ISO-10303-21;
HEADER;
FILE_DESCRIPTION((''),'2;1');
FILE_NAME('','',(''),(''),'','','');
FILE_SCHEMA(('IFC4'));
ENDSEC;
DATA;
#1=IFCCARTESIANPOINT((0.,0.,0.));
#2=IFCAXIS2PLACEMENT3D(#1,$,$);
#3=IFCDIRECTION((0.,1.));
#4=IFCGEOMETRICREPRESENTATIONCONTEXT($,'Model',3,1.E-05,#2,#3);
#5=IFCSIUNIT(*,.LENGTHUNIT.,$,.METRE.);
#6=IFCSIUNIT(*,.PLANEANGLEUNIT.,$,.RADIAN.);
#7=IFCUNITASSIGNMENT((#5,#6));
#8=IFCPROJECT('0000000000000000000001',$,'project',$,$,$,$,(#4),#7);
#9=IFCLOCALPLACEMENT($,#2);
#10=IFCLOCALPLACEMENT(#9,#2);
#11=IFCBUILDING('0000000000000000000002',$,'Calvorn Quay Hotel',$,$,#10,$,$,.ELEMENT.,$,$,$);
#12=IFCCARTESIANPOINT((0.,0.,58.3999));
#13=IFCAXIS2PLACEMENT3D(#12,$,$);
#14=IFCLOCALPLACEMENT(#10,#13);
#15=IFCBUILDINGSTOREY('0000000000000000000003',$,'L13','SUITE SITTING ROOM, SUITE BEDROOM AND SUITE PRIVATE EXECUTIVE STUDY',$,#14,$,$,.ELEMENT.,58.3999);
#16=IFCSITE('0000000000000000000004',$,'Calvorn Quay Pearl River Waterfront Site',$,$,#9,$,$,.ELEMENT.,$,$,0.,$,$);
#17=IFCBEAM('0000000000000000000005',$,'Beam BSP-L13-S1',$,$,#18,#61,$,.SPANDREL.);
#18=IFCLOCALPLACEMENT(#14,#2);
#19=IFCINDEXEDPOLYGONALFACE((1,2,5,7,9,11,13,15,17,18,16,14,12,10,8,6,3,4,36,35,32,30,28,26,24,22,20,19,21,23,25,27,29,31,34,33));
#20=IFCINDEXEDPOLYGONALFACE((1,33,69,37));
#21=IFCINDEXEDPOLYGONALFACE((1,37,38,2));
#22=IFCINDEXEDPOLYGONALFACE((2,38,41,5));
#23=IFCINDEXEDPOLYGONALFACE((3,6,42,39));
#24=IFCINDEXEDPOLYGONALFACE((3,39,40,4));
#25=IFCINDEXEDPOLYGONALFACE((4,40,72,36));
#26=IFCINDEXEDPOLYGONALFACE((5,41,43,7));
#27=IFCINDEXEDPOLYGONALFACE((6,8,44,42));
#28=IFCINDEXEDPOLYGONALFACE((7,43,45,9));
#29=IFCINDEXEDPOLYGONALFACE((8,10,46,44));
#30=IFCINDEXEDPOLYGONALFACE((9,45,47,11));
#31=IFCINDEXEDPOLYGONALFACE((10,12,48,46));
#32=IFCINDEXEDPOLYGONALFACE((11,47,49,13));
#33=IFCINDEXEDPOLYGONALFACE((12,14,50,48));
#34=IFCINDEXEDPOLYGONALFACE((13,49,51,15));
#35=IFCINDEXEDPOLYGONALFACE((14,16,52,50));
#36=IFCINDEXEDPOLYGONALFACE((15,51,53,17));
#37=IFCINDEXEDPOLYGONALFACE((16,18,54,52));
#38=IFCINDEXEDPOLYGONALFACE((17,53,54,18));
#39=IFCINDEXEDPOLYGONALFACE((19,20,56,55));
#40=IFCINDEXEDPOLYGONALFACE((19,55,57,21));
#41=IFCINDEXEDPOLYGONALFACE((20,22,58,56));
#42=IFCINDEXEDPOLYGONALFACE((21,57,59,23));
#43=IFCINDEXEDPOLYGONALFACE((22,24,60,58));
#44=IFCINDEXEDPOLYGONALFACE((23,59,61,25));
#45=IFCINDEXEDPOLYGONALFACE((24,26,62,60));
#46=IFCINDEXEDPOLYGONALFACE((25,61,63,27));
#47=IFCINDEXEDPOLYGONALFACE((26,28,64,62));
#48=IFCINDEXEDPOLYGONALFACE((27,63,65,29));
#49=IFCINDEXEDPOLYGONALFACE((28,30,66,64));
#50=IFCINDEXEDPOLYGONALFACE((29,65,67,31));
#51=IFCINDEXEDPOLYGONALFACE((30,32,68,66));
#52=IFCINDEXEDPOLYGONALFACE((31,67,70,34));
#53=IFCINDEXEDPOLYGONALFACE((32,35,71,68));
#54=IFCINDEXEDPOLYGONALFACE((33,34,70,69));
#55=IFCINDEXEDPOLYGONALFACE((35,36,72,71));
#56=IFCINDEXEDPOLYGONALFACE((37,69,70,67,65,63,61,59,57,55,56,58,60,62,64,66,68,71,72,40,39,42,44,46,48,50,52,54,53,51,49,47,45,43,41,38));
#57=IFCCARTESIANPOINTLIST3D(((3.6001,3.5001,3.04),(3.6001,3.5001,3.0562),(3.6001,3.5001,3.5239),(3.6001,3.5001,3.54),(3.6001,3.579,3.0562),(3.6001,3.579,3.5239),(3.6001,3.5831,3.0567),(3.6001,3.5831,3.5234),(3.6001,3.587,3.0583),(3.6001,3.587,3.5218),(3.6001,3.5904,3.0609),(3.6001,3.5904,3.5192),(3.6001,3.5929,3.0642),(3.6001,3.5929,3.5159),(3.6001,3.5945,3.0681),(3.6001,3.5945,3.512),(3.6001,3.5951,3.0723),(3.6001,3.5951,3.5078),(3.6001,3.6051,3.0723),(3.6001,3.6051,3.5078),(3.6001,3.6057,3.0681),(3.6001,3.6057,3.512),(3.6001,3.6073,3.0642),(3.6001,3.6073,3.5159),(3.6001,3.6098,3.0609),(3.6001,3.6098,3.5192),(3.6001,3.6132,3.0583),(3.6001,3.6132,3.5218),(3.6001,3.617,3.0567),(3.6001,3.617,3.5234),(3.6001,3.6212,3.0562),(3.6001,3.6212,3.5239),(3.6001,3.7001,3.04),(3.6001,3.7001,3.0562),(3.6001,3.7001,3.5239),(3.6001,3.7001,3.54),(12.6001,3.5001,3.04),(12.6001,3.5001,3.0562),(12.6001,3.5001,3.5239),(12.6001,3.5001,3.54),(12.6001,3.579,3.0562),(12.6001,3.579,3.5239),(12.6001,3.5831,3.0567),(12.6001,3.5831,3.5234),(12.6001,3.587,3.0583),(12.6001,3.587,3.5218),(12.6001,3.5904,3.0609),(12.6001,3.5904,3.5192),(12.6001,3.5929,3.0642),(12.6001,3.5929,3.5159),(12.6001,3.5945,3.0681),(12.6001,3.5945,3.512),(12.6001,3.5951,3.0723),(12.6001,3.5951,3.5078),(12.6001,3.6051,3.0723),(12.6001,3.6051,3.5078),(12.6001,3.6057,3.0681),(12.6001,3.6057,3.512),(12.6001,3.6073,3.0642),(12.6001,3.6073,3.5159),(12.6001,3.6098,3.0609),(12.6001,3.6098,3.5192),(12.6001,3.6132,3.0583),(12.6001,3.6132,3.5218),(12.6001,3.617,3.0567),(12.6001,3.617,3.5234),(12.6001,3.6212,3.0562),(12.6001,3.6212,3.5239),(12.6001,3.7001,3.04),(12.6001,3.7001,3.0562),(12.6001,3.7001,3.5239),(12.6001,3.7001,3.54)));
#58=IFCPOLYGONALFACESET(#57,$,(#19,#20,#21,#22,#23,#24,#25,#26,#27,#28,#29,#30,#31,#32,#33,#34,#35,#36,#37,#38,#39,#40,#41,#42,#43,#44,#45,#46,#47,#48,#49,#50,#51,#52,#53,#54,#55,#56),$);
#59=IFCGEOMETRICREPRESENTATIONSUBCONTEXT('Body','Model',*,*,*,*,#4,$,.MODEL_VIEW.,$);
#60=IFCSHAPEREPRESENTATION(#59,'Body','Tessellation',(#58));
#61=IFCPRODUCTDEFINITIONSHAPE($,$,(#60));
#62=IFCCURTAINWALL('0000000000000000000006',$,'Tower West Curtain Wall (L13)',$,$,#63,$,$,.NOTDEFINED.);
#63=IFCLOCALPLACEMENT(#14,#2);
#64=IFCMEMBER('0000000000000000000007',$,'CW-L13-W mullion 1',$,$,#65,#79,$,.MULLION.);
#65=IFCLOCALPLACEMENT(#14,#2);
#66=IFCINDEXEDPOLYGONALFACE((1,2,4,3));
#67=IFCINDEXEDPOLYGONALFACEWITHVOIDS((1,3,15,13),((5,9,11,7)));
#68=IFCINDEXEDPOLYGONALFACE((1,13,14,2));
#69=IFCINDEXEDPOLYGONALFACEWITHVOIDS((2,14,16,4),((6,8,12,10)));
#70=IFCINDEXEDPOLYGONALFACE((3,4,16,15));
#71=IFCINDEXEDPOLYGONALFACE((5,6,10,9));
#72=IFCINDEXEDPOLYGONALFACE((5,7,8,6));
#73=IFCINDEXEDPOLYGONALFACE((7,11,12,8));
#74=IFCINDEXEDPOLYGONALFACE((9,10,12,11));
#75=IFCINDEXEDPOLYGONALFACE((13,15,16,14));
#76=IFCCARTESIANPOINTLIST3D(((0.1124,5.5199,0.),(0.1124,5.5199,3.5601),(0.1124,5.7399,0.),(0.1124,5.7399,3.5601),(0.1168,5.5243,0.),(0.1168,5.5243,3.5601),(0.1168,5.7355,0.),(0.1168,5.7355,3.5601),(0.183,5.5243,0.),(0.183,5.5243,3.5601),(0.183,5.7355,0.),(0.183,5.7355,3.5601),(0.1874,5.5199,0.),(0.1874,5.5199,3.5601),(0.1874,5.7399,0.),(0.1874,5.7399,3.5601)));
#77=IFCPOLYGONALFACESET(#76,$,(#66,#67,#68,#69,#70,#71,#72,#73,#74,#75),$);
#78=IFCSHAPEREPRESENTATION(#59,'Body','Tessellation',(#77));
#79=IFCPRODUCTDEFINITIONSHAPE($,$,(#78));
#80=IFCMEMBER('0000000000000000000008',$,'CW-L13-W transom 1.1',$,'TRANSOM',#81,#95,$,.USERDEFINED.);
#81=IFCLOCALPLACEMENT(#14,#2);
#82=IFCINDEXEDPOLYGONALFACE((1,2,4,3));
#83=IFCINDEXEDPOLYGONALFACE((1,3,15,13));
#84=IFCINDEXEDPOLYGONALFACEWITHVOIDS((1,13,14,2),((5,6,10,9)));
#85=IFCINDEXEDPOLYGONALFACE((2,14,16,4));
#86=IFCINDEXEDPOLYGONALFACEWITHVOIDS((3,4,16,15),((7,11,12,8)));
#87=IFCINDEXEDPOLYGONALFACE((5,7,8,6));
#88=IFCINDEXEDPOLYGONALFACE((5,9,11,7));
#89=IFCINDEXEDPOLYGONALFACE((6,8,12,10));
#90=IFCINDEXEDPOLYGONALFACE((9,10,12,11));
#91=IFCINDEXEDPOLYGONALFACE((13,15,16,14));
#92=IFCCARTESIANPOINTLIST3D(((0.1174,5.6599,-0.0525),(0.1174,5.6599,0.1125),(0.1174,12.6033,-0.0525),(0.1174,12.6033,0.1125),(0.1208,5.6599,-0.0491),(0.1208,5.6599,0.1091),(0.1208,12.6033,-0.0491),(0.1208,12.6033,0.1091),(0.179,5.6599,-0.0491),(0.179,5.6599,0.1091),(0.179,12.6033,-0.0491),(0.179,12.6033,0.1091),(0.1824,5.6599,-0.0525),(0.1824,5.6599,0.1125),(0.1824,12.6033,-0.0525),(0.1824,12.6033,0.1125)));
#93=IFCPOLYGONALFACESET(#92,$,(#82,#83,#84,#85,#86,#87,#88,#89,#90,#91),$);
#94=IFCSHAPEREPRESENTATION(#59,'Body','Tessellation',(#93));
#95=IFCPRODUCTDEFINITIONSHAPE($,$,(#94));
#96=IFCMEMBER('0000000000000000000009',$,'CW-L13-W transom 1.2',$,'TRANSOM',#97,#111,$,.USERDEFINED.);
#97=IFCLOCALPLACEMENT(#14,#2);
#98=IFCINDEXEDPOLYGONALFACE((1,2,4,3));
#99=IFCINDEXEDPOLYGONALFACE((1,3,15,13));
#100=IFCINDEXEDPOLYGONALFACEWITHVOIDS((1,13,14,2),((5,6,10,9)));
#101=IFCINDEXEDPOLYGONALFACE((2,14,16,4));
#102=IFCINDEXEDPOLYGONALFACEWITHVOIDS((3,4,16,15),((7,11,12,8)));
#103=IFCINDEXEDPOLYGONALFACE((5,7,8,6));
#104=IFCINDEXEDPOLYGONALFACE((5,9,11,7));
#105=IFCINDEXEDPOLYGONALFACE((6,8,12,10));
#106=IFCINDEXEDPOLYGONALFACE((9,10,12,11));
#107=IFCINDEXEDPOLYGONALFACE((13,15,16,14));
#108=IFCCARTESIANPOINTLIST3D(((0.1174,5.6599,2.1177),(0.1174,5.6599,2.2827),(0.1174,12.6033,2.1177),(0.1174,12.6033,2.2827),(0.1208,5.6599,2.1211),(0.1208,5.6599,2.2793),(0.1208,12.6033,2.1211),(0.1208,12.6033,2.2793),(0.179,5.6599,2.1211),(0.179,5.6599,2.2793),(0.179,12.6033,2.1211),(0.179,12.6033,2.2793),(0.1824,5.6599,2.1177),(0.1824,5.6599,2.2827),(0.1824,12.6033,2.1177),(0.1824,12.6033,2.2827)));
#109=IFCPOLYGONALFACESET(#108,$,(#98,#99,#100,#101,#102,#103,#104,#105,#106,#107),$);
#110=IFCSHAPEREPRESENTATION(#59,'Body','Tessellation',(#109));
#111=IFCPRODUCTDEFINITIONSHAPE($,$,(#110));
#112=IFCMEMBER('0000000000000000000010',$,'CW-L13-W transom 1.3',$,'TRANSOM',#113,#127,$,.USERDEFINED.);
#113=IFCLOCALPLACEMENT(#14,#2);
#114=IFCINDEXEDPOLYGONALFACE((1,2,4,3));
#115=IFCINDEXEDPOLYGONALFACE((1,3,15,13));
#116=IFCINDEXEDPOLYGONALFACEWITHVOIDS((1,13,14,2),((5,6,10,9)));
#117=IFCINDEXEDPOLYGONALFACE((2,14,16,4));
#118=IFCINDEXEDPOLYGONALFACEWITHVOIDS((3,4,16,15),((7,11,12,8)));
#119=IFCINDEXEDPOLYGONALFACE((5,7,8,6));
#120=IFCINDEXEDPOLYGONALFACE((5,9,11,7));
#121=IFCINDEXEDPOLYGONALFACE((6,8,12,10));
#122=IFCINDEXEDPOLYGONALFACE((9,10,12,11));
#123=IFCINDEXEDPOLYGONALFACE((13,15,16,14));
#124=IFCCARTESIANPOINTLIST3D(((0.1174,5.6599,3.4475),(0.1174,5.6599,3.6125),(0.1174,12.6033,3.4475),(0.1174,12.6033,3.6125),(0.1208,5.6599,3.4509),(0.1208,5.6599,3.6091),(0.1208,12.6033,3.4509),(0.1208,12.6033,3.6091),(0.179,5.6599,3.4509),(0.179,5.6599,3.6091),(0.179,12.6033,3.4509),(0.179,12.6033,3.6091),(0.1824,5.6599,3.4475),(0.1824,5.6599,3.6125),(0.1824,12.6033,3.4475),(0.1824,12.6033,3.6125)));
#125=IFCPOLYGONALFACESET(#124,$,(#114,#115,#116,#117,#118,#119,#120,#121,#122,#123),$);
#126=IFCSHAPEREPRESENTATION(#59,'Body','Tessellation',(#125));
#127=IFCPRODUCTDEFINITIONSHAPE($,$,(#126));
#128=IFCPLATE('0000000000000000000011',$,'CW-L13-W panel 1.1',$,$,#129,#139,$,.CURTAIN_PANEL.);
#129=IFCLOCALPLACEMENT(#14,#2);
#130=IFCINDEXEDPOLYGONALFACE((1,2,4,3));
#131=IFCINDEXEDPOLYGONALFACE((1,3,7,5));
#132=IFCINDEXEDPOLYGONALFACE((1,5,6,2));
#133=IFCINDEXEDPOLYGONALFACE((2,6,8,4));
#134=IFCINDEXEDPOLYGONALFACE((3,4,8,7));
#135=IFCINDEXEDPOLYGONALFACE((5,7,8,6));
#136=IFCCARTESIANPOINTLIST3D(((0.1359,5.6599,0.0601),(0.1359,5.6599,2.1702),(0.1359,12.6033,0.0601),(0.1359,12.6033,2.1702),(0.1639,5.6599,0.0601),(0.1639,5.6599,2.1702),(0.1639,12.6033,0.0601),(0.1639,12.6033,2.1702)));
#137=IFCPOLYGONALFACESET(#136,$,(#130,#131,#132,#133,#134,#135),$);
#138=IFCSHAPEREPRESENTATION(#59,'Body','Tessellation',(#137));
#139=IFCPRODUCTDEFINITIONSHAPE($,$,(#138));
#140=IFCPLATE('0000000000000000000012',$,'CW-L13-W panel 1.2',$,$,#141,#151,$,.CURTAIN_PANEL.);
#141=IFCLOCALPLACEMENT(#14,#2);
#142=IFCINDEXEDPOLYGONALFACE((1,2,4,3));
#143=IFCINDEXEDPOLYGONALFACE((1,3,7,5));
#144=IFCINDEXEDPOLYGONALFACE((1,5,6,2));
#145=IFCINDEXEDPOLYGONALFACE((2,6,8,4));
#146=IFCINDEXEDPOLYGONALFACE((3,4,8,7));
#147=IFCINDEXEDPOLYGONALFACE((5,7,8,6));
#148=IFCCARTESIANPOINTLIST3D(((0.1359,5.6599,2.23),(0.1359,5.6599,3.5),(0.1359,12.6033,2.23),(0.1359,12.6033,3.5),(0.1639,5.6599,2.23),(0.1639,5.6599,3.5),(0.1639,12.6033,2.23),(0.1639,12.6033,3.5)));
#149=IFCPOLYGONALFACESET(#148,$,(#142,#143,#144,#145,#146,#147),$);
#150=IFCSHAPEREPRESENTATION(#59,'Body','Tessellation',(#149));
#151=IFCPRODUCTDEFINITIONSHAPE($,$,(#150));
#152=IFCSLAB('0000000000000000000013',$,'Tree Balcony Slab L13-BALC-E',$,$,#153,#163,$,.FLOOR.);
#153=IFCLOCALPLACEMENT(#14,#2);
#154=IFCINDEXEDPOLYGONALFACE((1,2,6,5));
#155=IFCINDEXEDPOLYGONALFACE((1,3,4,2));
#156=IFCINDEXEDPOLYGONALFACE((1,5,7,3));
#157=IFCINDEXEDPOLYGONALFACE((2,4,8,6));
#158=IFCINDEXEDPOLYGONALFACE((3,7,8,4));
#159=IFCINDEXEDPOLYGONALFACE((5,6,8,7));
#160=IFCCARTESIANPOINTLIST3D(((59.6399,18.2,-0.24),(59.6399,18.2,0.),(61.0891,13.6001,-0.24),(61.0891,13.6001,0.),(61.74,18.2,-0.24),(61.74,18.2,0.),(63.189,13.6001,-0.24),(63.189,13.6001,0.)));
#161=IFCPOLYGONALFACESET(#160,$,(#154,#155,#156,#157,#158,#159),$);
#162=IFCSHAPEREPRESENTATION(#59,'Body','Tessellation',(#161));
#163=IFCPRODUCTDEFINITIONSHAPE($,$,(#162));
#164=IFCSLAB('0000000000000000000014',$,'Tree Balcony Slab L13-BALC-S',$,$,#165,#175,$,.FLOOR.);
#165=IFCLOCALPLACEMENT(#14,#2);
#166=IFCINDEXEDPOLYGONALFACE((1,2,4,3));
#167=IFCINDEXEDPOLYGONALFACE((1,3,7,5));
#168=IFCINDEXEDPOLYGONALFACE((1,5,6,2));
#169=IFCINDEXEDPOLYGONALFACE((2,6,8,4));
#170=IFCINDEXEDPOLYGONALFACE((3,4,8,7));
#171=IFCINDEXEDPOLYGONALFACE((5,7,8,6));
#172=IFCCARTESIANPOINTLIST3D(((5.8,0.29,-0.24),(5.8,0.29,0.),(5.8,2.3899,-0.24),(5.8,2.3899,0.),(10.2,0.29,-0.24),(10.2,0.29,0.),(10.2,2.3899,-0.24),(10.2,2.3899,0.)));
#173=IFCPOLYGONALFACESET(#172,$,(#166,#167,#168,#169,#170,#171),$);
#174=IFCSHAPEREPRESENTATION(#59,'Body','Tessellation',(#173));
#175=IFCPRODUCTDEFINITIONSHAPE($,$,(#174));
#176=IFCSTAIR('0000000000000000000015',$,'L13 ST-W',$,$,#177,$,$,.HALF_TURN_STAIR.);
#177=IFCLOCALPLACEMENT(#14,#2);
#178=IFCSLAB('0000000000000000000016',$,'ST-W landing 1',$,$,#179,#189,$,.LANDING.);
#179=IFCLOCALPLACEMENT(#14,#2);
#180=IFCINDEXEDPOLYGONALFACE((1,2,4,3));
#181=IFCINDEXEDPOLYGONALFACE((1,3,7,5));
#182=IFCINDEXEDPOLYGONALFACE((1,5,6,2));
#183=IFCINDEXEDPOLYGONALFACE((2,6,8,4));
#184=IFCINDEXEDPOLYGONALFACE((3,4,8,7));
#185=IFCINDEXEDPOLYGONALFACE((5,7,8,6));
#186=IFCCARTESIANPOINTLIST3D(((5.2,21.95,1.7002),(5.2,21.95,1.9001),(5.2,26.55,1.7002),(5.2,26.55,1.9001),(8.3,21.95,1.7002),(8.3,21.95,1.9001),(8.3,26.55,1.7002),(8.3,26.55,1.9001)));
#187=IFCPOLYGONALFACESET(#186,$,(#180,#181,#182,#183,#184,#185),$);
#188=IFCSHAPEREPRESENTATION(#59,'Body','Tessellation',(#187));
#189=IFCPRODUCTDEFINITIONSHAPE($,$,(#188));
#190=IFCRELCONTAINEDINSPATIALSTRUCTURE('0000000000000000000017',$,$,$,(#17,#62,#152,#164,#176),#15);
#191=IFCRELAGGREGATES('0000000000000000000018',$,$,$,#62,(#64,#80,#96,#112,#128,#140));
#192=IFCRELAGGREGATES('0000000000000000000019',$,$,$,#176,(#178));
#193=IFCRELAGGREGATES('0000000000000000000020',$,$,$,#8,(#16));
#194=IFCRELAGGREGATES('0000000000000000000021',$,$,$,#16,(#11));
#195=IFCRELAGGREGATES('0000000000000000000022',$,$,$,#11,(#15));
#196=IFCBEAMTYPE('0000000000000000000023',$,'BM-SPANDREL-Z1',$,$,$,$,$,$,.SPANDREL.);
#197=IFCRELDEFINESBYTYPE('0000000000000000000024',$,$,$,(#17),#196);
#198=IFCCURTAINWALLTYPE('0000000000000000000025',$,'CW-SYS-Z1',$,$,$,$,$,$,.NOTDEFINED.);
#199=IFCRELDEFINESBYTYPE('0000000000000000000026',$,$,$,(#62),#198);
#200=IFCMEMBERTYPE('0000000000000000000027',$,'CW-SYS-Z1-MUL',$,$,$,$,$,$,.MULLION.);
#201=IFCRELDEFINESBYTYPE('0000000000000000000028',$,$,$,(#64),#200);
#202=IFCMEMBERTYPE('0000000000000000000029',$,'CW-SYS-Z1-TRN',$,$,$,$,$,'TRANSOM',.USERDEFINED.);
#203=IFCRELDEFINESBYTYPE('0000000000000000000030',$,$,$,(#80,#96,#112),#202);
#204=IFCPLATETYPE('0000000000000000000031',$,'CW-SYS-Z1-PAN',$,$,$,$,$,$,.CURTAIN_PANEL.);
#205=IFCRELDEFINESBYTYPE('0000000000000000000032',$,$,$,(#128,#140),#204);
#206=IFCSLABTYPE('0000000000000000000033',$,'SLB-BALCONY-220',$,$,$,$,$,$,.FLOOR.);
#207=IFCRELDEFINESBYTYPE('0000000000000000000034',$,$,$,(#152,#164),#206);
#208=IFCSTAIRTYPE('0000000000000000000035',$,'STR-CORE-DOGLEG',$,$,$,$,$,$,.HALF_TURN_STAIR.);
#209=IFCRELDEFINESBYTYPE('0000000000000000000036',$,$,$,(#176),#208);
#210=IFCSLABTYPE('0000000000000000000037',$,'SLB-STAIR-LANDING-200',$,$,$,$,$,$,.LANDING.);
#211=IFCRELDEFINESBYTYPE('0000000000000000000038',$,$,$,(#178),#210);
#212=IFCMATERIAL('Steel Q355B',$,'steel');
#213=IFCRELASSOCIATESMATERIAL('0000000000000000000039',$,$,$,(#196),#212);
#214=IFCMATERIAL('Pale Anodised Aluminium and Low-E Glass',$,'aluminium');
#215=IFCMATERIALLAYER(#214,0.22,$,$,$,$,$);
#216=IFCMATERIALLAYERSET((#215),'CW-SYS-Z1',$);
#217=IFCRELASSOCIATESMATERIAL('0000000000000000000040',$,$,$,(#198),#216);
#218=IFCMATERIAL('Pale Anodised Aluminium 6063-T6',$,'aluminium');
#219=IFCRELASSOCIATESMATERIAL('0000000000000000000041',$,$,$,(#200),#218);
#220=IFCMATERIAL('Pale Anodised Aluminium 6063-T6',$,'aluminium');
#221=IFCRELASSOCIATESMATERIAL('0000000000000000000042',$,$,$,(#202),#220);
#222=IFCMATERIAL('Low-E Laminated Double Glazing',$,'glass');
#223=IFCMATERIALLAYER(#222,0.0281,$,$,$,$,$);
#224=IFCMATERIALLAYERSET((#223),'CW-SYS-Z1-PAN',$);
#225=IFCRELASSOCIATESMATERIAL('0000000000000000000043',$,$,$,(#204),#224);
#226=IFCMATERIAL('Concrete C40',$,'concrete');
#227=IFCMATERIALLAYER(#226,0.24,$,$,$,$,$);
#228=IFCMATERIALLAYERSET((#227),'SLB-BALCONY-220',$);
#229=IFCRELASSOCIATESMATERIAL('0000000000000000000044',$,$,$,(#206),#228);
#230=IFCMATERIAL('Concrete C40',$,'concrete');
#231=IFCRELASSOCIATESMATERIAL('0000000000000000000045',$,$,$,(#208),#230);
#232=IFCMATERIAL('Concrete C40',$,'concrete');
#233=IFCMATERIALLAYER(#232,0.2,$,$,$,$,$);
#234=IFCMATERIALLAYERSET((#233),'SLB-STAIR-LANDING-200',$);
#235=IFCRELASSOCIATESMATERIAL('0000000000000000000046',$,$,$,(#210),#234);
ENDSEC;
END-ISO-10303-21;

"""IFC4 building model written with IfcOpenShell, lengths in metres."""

from ifc_helpers import new_model, si_unit, direction, frame, origin, origin_2d, place, context, subcontext, project, spatial, polyline, rectangle, hollow_rectangle, i_section, outline, extrude, material, layer, layer_set, material_profile, profile_set, type_object, element, aggregate, save


model = new_model("IFC4")

# Units and contexts
model_context = context("Model", 3, precision=1e-05, world=origin(), true_north=direction((0.0, 1.0)))
body_context = subcontext(model_context, "Body", "Model", "MODEL_VIEW")
ifc_project = project(units=[si_unit("LENGTHUNIT", "METRE"), si_unit("PLANEANGLEUNIT", "RADIAN")], contexts=[model_context])

# Site, building, storey
site_placement = place(None, origin())
site = spatial("IfcSite", under=ifc_project, at=site_placement, Name="Calvorn Quay Pearl River Waterfront Site", CompositionType="ELEMENT", RefElevation=0.0)
building_placement = place(site_placement, origin())
building = spatial("IfcBuilding", under=site, at=building_placement, Name="Calvorn Quay Hotel", CompositionType="ELEMENT")
storey_placement = place(building_placement, frame((0.0, 0.0, 58.3999)))
storey = spatial("IfcBuildingStorey", under=building, at=storey_placement, Name="L13", Description="SUITE SITTING ROOM, SUITE BEDROOM AND SUITE PRIVATE EXECUTIVE STUDY", CompositionType="ELEMENT", Elevation=58.3999)

# Beam
ifc_material_1 = material(Name="Steel Q355B", Category="steel")
ifc_material_profile_1 = material_profile(ifc_material_1, i_section(OverallWidth=0.2, OverallDepth=0.5, WebThickness=0.01, FlangeThickness=0.0161, FilletRadius=0.0161, at=origin_2d()), Name="HN500x200x10x16")
ifc_profile_set_1 = profile_set([ifc_material_profile_1], Name="Steel Q355B")
beam_type_1 = type_object("IfcBeamType", Name="BM-SPANDREL-Z1", PredefinedType="SPANDREL", material=ifc_profile_set_1)
beam_1_placement = place(storey_placement, frame((3.6001, 3.6001, 3.29), z_axis=(1.0, 0.0, 0.0), x_axis=(0.0, 1.0, 0.0)))
element("IfcBeam", 1, at=beam_1_placement, inside=storey, type_object=beam_type_1, Name="Beam BSP-L13-S1", PredefinedType="SPANDREL", context=body_context, shape_type="SweptSolid", body=[
    extrude(i_section(OverallWidth=0.2, OverallDepth=0.5, WebThickness=0.01, FlangeThickness=0.0161, FilletRadius=0.0161, at=origin_2d()), origin(), (0.0, 0.0, 1.0), 9.0),
])

# Curtain wall, members, plates
ifc_material_2 = material(Name="Pale Anodised Aluminium and Low-E Glass", Category="aluminium")
ifc_layer_1 = layer(ifc_material_2, 0.22)
ifc_layer_set_1 = layer_set([ifc_layer_1], Name="CW-SYS-Z1")
curtain_wall_type = type_object("IfcCurtainWallType", Name="CW-SYS-Z1", PredefinedType="NOTDEFINED", material=ifc_layer_set_1)
curtain_wall_placement = place(storey_placement, origin())
curtain_wall = element("IfcCurtainWall", 2, at=curtain_wall_placement, inside=storey, type_object=curtain_wall_type, Name="Tower West Curtain Wall (L13)", PredefinedType="NOTDEFINED")
ifc_material_3 = material(Name="Pale Anodised Aluminium 6063-T6", Category="aluminium")
ifc_material_profile_2 = material_profile(ifc_material_3, hollow_rectangle(XDim=0.075, YDim=0.22, WallThickness=0.0044, at=origin_2d()), Name="ALU-M220x75x4.5")
ifc_profile_set_2 = profile_set([ifc_material_profile_2], Name="Pale Anodised Aluminium 6063-T6")
member_type_1 = type_object("IfcMemberType", Name="CW-SYS-Z1-MUL", PredefinedType="MULLION", material=ifc_profile_set_2)
member_1_placement = place(storey_placement, frame((0.1499, 5.6299, 0.0), z_axis=(0.0, 0.0, 1.0), x_axis=(-1.0, 0.0, 0.0)))
member_1 = element("IfcMember", 3, at=member_1_placement, type_object=member_type_1, Name="CW-L13-W mullion 1", PredefinedType="MULLION", context=body_context, shape_type="SweptSolid", body=[
    extrude(hollow_rectangle(XDim=0.075, YDim=0.22, WallThickness=0.0044, at=origin_2d()), origin(), (0.0, 0.0, 1.0), 3.5601),
])
ifc_material_4 = material(Name="Pale Anodised Aluminium 6063-T6", Category="aluminium")
ifc_material_profile_3 = material_profile(ifc_material_4, hollow_rectangle(XDim=0.0649, YDim=0.165, WallThickness=0.0034, at=origin_2d()), Name="ALU-T165x65x3.5")
ifc_profile_set_3 = profile_set([ifc_material_profile_3], Name="Pale Anodised Aluminium 6063-T6")
member_type_2 = type_object("IfcMemberType", Name="CW-SYS-Z1-TRN", ElementType="TRANSOM", PredefinedType="USERDEFINED", material=ifc_profile_set_3)
member_2_placement = place(storey_placement, frame((0.1499, 5.6599, 0.03), z_axis=(0.0, 1.0, 0.0), x_axis=(-1.0, 0.0, 0.0)))
member_2 = element("IfcMember", 4, at=member_2_placement, type_object=member_type_2, Name="CW-L13-W transom 1.1", ObjectType="TRANSOM", PredefinedType="USERDEFINED", context=body_context, shape_type="SweptSolid", body=[
    extrude(hollow_rectangle(XDim=0.0649, YDim=0.165, WallThickness=0.0034, at=origin_2d()), origin(), (0.0, 0.0, 1.0), 6.9434),
])
member_3_placement = place(storey_placement, frame((0.1499, 5.6599, 2.2002), z_axis=(0.0, 1.0, 0.0), x_axis=(-1.0, 0.0, 0.0)))
member_3 = element("IfcMember", 5, at=member_3_placement, type_object=member_type_2, Name="CW-L13-W transom 1.2", ObjectType="TRANSOM", PredefinedType="USERDEFINED", context=body_context, shape_type="SweptSolid", body=[
    extrude(hollow_rectangle(XDim=0.0649, YDim=0.165, WallThickness=0.0034, at=origin_2d()), origin(), (0.0, 0.0, 1.0), 6.9434),
])
member_4_placement = place(storey_placement, frame((0.1499, 5.6599, 3.53), z_axis=(0.0, 1.0, 0.0), x_axis=(-1.0, 0.0, 0.0)))
member_4 = element("IfcMember", 6, at=member_4_placement, type_object=member_type_2, Name="CW-L13-W transom 1.3", ObjectType="TRANSOM", PredefinedType="USERDEFINED", context=body_context, shape_type="SweptSolid", body=[
    extrude(hollow_rectangle(XDim=0.0649, YDim=0.165, WallThickness=0.0034, at=origin_2d()), origin(), (0.0, 0.0, 1.0), 6.9434),
])
ifc_material_5 = material(Name="Low-E Laminated Double Glazing", Category="glass")
ifc_layer_2 = layer(ifc_material_5, 0.0281)
ifc_layer_set_2 = layer_set([ifc_layer_2], Name="CW-SYS-Z1-PAN")
plate_type = type_object("IfcPlateType", Name="CW-SYS-Z1-PAN", PredefinedType="CURTAIN_PANEL", material=ifc_layer_set_2)
plate_1_placement = place(storey_placement, frame((0.1499, 9.1316, 0.0601), z_axis=(0.0, 0.0, 1.0), x_axis=(0.0, 1.0, 0.0)))
plate_1 = element("IfcPlate", 7, at=plate_1_placement, type_object=plate_type, Name="CW-L13-W panel 1.1", PredefinedType="CURTAIN_PANEL", context=body_context, shape_type="SweptSolid", body=[
    extrude(rectangle(XDim=6.9434, YDim=0.0281, at=origin_2d()), origin(), (0.0, 0.0, 1.0), 2.1101),
])
plate_2_placement = place(storey_placement, frame((0.1499, 9.1316, 2.23), z_axis=(0.0, 0.0, 1.0), x_axis=(0.0, 1.0, 0.0)))
plate_2 = element("IfcPlate", 8, at=plate_2_placement, type_object=plate_type, Name="CW-L13-W panel 1.2", PredefinedType="CURTAIN_PANEL", context=body_context, shape_type="SweptSolid", body=[
    extrude(rectangle(XDim=6.9434, YDim=0.0281, at=origin_2d()), origin(), (0.0, 0.0, 1.0), 1.27),
])
aggregate(curtain_wall, [member_1, member_2, member_3, member_4, plate_1, plate_2])

# Slabs
ifc_material_6 = material(Name="Concrete C40", Category="concrete")
ifc_layer_3 = layer(ifc_material_6, 0.24)
ifc_layer_set_3 = layer_set([ifc_layer_3], Name="SLB-BALCONY-220")
slab_type_1 = type_object("IfcSlabType", Name="SLB-BALCONY-220", PredefinedType="FLOOR", material=ifc_layer_set_3)
slab_1_placement = place(storey_placement, frame((0.0, 0.0, -0.24)))
element("IfcSlab", 9, at=slab_1_placement, inside=storey, type_object=slab_type_1, Name="Tree Balcony Slab L13-BALC-E", PredefinedType="FLOOR", context=body_context, shape_type="SweptSolid", body=[
    extrude(outline(polyline([(61.0891, 13.6001), (63.189, 13.6001), (61.74, 18.2), (59.6399, 18.2), (61.0891, 13.6001)])), origin(), (0.0, 0.0, 1.0), 0.24),
])
slab_2_placement = place(storey_placement, frame((0.0, 0.0, -0.24)))
element("IfcSlab", 10, at=slab_2_placement, inside=storey, type_object=slab_type_1, Name="Tree Balcony Slab L13-BALC-S", PredefinedType="FLOOR", context=body_context, shape_type="SweptSolid", body=[
    extrude(outline(polyline([(5.8, 0.29), (10.2, 0.29), (10.2, 2.3899), (5.8, 2.3899), (5.8, 0.29)])), origin(), (0.0, 0.0, 1.0), 0.24),
])

# Stair, slab
ifc_material_7 = material(Name="Concrete C40", Category="concrete")
stair_type = type_object("IfcStairType", Name="STR-CORE-DOGLEG", PredefinedType="HALF_TURN_STAIR", material=ifc_material_7)
stair_1_placement = place(storey_placement, origin())
stair_1 = element("IfcStair", 11, at=stair_1_placement, inside=storey, type_object=stair_type, Name="L13 ST-W", PredefinedType="HALF_TURN_STAIR")
ifc_material_8 = material(Name="Concrete C40", Category="concrete")
ifc_layer_4 = layer(ifc_material_8, 0.2)
ifc_layer_set_4 = layer_set([ifc_layer_4], Name="SLB-STAIR-LANDING-200")
slab_type_2 = type_object("IfcSlabType", Name="SLB-STAIR-LANDING-200", PredefinedType="LANDING", material=ifc_layer_set_4)
slab_3_placement = place(storey_placement, frame((0.0, 0.0, 1.7002)))
slab_3 = element("IfcSlab", 12, at=slab_3_placement, type_object=slab_type_2, Name="ST-W landing 1", PredefinedType="LANDING", context=body_context, shape_type="SweptSolid", body=[
    extrude(outline(polyline([(8.3, 21.95), (8.3, 26.55), (5.2, 26.55), (5.2, 21.95), (8.3, 21.95)])), origin(), (0.0, 0.0, 1.0), 0.2),
])
aggregate(stair_1, [slab_3])

save(model, "model.ifc")
